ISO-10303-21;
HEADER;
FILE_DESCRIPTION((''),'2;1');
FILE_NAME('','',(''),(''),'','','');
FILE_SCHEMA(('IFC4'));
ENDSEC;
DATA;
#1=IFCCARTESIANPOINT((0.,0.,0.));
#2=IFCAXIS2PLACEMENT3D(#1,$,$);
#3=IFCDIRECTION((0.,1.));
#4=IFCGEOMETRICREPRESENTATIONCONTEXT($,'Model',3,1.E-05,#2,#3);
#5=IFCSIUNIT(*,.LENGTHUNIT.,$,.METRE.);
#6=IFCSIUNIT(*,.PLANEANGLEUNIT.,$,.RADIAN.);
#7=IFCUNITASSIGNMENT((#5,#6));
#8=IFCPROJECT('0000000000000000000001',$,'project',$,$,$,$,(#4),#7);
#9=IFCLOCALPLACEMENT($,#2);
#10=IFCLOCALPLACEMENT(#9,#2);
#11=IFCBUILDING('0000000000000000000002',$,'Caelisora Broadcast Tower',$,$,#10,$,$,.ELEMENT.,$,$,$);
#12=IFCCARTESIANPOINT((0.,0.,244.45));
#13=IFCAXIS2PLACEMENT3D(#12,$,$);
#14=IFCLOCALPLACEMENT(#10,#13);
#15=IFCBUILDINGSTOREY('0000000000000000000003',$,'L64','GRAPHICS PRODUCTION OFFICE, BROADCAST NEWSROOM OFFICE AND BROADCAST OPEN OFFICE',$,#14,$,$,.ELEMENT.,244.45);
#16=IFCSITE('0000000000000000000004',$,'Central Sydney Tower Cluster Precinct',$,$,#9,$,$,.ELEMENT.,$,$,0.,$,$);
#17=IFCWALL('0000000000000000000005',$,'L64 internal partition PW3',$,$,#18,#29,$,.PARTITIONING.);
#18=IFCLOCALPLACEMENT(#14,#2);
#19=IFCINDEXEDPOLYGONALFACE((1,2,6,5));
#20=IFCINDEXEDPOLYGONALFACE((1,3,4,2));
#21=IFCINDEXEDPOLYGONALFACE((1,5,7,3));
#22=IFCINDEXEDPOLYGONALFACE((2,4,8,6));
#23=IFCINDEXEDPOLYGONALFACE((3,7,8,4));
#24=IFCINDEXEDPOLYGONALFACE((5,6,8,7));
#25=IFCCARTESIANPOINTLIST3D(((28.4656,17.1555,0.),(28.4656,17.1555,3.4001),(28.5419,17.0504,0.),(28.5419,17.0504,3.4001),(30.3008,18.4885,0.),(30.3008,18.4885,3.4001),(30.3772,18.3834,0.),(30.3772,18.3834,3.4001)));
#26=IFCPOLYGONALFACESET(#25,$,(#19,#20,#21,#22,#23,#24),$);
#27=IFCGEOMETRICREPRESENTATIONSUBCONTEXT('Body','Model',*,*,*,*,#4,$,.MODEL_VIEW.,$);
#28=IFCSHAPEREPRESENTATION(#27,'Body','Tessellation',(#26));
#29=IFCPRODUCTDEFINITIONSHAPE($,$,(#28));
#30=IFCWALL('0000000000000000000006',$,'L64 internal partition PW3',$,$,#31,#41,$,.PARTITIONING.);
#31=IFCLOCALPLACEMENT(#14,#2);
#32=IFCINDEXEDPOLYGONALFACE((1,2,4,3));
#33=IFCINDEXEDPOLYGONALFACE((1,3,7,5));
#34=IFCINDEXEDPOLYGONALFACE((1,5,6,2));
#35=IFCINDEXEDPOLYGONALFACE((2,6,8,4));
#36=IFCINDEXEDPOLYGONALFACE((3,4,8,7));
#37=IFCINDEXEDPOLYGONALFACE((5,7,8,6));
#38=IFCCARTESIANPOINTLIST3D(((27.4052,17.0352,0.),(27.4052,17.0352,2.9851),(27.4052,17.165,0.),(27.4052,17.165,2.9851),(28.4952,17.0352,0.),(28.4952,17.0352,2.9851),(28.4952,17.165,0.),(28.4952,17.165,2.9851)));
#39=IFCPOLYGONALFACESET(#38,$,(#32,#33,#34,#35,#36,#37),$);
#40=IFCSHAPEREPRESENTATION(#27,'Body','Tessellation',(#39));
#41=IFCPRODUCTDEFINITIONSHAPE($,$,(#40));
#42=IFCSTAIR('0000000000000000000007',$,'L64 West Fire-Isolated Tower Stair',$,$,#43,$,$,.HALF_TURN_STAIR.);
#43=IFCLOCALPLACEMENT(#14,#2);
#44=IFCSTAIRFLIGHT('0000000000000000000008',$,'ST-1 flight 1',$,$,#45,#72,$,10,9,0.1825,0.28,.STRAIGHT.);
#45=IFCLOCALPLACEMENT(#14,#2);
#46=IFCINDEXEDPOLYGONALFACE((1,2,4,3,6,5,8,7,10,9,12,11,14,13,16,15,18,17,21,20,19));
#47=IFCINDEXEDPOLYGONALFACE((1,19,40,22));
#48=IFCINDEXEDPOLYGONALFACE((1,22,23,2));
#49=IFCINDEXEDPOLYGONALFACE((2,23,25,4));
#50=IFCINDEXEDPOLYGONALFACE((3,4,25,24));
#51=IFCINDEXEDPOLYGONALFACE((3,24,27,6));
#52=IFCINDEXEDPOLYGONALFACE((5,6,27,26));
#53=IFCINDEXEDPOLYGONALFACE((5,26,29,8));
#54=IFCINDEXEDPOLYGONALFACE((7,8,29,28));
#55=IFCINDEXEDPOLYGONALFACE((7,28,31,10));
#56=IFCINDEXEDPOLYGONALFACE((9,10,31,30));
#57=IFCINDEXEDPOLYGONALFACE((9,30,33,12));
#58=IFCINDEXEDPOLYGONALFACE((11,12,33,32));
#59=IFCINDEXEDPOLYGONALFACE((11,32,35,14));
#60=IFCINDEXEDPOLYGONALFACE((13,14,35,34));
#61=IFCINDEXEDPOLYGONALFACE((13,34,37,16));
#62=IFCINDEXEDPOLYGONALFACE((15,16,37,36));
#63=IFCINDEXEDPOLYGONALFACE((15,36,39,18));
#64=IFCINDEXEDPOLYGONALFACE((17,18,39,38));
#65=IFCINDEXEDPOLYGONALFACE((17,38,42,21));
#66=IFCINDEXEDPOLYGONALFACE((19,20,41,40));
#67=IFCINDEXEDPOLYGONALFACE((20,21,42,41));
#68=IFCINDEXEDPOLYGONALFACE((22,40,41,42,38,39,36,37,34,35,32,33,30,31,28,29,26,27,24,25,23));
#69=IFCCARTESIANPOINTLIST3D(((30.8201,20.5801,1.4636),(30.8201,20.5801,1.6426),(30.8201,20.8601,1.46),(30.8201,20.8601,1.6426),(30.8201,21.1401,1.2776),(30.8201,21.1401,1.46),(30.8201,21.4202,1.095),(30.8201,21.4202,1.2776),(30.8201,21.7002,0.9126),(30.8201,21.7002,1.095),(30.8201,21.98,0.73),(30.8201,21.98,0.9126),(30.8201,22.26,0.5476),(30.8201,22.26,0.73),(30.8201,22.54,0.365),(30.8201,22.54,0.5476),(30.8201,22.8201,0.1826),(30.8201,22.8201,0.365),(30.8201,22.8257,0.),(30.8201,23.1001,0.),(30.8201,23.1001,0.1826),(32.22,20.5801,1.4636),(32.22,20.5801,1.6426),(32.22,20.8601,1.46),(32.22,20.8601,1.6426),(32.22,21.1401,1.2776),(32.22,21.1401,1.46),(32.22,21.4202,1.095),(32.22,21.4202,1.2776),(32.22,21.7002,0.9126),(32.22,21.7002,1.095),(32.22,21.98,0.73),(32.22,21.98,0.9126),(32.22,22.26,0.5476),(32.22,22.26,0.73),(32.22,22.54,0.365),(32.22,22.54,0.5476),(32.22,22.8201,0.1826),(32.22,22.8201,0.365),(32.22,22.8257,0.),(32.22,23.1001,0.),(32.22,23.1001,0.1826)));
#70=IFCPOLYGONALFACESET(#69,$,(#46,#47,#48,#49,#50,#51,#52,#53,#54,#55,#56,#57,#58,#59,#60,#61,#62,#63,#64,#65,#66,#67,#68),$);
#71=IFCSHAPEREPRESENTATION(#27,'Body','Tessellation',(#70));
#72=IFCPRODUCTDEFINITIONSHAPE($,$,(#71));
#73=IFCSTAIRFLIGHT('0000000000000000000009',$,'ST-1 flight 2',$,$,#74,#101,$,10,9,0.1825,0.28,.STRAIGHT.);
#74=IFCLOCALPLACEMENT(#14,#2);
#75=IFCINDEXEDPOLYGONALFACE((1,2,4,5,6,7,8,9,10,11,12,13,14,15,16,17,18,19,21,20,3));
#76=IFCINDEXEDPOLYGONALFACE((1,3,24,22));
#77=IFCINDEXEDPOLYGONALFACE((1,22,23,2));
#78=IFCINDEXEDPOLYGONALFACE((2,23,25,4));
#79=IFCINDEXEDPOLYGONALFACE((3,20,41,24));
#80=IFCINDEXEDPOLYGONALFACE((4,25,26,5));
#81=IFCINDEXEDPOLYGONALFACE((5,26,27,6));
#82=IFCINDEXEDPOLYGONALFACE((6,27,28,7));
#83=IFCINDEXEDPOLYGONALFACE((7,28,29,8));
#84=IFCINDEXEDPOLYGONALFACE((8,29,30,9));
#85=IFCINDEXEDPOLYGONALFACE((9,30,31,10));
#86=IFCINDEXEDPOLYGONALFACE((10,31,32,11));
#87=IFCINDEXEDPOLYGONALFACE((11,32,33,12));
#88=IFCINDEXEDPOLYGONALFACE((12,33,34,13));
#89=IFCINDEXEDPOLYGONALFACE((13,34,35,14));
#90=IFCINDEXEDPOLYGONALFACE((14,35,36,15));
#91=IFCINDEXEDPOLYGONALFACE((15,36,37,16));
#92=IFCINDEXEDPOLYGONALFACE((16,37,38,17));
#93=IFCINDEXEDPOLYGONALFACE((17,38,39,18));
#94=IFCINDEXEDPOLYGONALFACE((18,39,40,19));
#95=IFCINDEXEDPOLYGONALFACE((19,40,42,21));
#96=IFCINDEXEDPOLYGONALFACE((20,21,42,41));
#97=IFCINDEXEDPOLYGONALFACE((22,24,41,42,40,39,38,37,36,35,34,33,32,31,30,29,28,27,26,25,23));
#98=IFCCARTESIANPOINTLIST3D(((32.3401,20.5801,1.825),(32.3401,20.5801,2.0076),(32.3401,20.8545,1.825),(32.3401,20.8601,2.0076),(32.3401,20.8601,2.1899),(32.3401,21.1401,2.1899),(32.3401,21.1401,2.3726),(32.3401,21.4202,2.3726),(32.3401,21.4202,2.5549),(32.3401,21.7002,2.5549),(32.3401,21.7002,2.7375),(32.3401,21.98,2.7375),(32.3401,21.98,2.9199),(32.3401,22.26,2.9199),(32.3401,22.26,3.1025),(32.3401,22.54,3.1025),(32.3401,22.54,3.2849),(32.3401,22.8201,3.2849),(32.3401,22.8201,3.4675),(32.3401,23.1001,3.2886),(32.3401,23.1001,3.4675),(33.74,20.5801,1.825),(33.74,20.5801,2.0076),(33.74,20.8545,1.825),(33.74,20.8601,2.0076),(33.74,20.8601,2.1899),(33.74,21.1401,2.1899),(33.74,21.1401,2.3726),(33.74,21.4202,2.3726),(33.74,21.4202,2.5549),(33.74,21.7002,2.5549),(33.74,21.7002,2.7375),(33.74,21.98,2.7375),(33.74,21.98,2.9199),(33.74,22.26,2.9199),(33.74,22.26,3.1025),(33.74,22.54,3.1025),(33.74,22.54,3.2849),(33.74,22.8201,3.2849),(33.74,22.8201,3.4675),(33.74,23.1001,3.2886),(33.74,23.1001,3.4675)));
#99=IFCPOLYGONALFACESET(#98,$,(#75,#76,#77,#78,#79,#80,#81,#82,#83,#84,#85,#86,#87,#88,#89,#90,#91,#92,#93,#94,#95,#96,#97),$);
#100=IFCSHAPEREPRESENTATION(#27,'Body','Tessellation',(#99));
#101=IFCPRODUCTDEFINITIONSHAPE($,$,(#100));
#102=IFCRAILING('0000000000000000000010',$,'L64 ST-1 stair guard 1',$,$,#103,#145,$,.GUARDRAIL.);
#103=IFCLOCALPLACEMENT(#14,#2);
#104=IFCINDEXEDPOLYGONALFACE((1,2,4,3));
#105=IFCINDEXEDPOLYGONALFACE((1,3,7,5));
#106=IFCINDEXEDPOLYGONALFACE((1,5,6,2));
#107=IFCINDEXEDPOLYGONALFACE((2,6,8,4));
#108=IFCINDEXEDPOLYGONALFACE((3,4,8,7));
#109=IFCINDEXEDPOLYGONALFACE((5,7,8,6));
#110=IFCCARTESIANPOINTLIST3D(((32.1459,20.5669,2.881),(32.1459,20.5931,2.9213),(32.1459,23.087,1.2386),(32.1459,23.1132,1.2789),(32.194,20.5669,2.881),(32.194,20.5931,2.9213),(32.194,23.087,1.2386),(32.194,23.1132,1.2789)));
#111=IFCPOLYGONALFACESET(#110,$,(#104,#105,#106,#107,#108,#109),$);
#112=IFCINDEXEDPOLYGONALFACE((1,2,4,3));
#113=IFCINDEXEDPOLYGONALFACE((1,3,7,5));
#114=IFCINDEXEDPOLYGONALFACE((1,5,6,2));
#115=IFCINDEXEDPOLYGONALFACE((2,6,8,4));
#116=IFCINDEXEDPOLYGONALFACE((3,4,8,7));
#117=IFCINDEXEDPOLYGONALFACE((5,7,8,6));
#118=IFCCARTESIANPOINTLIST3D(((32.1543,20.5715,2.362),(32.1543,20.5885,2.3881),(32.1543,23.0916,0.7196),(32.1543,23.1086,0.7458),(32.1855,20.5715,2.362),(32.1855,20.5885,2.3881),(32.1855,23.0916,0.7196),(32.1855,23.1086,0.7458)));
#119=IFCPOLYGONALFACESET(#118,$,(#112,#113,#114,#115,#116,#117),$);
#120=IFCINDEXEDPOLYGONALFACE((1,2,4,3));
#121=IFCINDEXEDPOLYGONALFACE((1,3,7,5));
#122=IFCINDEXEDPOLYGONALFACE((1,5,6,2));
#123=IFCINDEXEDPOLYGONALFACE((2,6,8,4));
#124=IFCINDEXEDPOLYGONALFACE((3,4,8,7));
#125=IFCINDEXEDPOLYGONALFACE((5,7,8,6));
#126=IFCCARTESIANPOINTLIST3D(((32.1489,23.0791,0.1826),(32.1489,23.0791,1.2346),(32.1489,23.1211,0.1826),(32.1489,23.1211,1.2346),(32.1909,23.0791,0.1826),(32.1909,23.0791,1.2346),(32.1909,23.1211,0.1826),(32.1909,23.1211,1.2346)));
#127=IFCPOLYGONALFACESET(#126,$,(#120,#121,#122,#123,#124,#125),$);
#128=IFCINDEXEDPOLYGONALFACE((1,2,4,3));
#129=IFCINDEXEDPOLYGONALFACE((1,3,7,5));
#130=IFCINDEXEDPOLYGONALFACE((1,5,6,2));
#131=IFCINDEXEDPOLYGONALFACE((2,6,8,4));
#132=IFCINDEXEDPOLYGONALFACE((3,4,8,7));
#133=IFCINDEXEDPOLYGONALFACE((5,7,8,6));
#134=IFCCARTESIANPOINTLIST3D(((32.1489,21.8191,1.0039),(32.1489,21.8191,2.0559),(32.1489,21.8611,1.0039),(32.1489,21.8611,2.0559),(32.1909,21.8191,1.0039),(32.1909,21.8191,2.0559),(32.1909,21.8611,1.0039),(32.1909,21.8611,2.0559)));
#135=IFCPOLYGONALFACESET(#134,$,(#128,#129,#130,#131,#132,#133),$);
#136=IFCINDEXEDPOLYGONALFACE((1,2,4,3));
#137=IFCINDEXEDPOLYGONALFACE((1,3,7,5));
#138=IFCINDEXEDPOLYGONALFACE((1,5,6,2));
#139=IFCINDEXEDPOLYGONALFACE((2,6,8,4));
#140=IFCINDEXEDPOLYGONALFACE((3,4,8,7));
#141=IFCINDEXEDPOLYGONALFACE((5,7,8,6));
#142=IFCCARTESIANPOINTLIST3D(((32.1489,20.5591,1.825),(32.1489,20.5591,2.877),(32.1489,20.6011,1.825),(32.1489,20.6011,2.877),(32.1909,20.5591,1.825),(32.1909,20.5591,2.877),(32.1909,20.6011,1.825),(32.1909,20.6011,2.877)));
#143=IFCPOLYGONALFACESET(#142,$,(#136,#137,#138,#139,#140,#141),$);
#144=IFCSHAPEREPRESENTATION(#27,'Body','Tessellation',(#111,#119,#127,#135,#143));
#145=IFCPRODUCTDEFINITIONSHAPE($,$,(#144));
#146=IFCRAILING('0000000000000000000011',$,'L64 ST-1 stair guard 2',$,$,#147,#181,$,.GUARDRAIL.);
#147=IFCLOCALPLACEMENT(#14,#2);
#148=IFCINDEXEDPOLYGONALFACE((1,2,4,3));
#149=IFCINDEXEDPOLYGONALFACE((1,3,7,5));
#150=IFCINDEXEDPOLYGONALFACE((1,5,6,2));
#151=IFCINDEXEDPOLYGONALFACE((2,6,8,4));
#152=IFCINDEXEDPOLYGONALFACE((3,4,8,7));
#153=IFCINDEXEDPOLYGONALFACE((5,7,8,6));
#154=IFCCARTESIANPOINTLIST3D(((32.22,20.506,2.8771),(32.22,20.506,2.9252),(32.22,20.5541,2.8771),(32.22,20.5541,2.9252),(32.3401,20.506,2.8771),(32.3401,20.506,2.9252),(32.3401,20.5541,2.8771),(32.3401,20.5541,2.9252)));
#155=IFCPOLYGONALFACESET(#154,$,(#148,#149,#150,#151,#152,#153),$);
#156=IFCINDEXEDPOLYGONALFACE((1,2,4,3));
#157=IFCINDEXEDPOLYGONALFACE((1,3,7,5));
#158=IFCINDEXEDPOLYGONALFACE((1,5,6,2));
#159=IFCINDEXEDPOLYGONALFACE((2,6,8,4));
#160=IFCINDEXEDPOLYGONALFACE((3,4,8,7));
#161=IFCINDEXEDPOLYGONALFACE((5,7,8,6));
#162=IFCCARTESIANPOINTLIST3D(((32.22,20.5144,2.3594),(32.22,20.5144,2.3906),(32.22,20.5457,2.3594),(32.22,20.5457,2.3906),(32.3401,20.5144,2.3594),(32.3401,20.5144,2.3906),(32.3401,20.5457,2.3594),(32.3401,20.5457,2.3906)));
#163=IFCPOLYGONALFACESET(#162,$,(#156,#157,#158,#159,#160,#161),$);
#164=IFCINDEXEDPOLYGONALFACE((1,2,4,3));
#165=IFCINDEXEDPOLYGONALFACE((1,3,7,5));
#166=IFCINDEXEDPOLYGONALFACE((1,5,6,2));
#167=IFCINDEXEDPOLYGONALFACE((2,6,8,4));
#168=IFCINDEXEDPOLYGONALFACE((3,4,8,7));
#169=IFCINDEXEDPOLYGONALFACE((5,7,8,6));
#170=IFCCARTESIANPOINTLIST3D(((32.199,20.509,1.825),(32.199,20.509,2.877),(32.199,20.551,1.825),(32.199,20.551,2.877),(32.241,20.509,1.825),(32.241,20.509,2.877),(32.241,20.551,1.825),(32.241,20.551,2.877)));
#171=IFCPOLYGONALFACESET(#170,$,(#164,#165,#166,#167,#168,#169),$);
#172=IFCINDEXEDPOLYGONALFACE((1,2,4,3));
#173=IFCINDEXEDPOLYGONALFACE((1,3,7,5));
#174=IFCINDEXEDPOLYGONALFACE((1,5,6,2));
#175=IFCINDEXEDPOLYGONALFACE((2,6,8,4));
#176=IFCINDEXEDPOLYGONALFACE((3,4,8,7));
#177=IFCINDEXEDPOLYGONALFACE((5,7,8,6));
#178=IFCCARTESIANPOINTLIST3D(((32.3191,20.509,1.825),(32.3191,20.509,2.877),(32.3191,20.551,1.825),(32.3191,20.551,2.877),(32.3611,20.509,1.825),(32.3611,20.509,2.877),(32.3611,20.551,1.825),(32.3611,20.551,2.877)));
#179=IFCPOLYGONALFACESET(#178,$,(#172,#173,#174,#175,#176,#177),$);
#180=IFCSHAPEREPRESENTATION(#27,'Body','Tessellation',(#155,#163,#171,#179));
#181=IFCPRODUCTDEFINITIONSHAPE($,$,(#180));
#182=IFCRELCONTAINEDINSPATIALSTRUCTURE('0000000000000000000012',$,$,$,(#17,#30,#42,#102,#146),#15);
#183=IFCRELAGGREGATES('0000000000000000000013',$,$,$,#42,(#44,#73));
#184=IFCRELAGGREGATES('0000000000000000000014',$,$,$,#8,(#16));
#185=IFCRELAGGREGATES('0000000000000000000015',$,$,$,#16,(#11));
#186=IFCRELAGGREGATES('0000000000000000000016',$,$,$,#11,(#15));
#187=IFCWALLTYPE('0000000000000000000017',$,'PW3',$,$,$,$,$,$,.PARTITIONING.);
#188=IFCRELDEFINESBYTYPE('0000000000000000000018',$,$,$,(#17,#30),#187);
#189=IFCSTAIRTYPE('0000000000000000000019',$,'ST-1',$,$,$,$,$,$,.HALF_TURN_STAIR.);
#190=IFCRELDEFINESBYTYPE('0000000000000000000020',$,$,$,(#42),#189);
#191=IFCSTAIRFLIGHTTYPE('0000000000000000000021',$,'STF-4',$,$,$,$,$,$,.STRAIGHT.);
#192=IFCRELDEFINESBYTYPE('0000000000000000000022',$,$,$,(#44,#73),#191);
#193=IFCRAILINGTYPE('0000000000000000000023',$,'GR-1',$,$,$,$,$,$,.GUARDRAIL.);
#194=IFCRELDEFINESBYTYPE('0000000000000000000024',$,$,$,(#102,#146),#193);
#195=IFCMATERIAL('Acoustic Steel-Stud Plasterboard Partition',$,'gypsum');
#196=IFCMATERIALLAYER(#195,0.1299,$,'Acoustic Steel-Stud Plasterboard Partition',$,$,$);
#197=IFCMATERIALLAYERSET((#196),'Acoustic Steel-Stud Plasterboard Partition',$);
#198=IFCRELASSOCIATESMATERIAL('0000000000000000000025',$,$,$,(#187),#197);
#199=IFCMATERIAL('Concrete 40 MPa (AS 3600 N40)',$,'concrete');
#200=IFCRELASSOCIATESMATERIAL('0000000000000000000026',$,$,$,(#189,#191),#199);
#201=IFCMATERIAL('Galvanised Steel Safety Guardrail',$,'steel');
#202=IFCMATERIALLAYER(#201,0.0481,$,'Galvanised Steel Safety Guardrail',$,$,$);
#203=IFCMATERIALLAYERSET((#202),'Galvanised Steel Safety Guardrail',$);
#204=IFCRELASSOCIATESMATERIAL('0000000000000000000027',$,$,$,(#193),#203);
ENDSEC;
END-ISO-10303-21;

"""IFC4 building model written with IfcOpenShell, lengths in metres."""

from ifc_helpers import new_model, si_unit, direction, frame, frame_2d, origin, origin_2d, place, context, subcontext, project, spatial, polyline, rectangle, outline, extrude, material, layer, layer_set, type_object, element, aggregate, save


model = new_model("IFC4")

# Units and contexts
model_context = context("Model", 3, precision=1e-05, world=origin(), true_north=direction((0.0, 1.0)))
body_context = subcontext(model_context, "Body", "Model", "MODEL_VIEW")
ifc_project = project(units=[si_unit("LENGTHUNIT", "METRE"), si_unit("PLANEANGLEUNIT", "RADIAN")], contexts=[model_context])

# Site, building, storey
site_placement = place(None, origin())
site = spatial("IfcSite", under=ifc_project, at=site_placement, Name="Central Sydney Tower Cluster Precinct", CompositionType="ELEMENT", RefElevation=0.0)
building_placement = place(site_placement, origin())
building = spatial("IfcBuilding", under=site, at=building_placement, Name="Caelisora Broadcast Tower", CompositionType="ELEMENT")
storey_placement = place(building_placement, frame((0.0, 0.0, 244.45)))
storey = spatial("IfcBuildingStorey", under=building, at=storey_placement, Name="L64", Description="GRAPHICS PRODUCTION OFFICE, BROADCAST NEWSROOM OFFICE AND BROADCAST OPEN OFFICE", CompositionType="ELEMENT", Elevation=244.45)

# Walls
ifc_material_1 = material(Name="Concrete 40 MPa (AS 3600 N40)", Category="concrete")
ifc_material_2 = material(Name="Acoustic Steel-Stud Plasterboard Partition", Category="gypsum")
ifc_layer_1 = layer(ifc_material_2, 0.1299, Name="Acoustic Steel-Stud Plasterboard Partition")
ifc_layer_set_1 = layer_set([ifc_layer_1], Name="Acoustic Steel-Stud Plasterboard Partition")
wall_type_1 = type_object("IfcWallType", Name="PW3", PredefinedType="PARTITIONING", material=ifc_layer_set_1)
wall_1_placement = place(storey_placement, frame((30.3391, 18.436, 0.0), z_axis=(0.0, 0.0, 1.0), x_axis=(-0.80909, -0.587685, 0.0)))
element("IfcWall", 1, at=wall_1_placement, inside=storey, type_object=wall_type_1, Name="L64 internal partition PW3", PredefinedType="PARTITIONING", context=body_context, shape_type="SweptSolid", body=[
    extrude(rectangle(XDim=2.2683, YDim=0.1299, at=frame_2d((1.1343, 0.0))), origin(), (0.0, 0.0, 1.0), 3.4001),
])
wall_2_placement = place(storey_placement, frame((28.4951, 17.1001, 0.0), z_axis=(0.0, 0.0, 1.0), x_axis=(-1.0, 0.0, 0.0)))
element("IfcWall", 2, at=wall_2_placement, inside=storey, type_object=wall_type_1, Name="L64 internal partition PW3", PredefinedType="PARTITIONING", context=body_context, shape_type="SweptSolid", body=[
    extrude(rectangle(XDim=1.0901, YDim=0.1299, at=frame_2d((0.5449, 0.0))), origin(), (0.0, 0.0, 1.0), 2.9851),
])

# Stair, stair flights
stair_type = type_object("IfcStairType", Name="ST-1", PredefinedType="HALF_TURN_STAIR", material=ifc_material_1)
stair_placement = place(storey_placement, origin())
stair = element("IfcStair", 3, at=stair_placement, inside=storey, type_object=stair_type, Name="L64 West Fire-Isolated Tower Stair", PredefinedType="HALF_TURN_STAIR")
stair_flight_type = type_object("IfcStairFlightType", Name="STF-4", PredefinedType="STRAIGHT", material=ifc_material_1)
stair_flight_1_placement = place(storey_placement, frame((31.52, 23.1001, 0.0), z_axis=(0.0, 0.0, 1.0), x_axis=(0.0, -1.0, 0.0)))
stair_flight_1 = element("IfcStairFlight", 4, at=stair_flight_1_placement, type_object=stair_flight_type, Name="ST-1 flight 1", NumberOfRisers=10, NumberOfTreads=9, PredefinedType="STRAIGHT", RiserHeight=0.1825, TreadLength=0.28, context=body_context, shape_type="SweptSolid", body=[
    extrude(outline(polyline([(0.0, 0.0), (0.0, 0.1826), (0.28, 0.1826), (0.28, 0.365), (0.5601, 0.365), (0.5601, 0.5476), (0.8401, 0.5476), (0.8401, 0.73), (1.1201, 0.73), (1.1201, 0.9126), (1.3999, 0.9126), (1.3999, 1.095), (1.6799, 1.095), (1.6799, 1.2776), (1.96, 1.2776), (1.96, 1.46), (2.24, 1.46), (2.24, 1.6426), (2.52, 1.6426), (2.52, 1.825), (2.52, 1.4636), (0.2744, 0.0), (0.0, 0.0)])), frame((0.0, 0.7, 0.0), z_axis=(0.0, -1.0, 0.0), x_axis=(1.0, 0.0, 0.0)), (0.0, 0.0, 1.0), 1.3999),
])
stair_flight_2_placement = place(storey_placement, frame((33.04, 20.5801, 1.825), z_axis=(0.0, 0.0, 1.0), x_axis=(0.0, 1.0, 0.0)))
stair_flight_2 = element("IfcStairFlight", 5, at=stair_flight_2_placement, type_object=stair_flight_type, Name="ST-1 flight 2", NumberOfRisers=10, NumberOfTreads=9, PredefinedType="STRAIGHT", RiserHeight=0.1825, TreadLength=0.28, context=body_context, shape_type="SweptSolid", body=[
    extrude(outline(polyline([(0.0, 0.0), (0.0, 0.1826), (0.28, 0.1826), (0.28, 0.365), (0.5601, 0.365), (0.5601, 0.5476), (0.8401, 0.5476), (0.8401, 0.73), (1.1201, 0.73), (1.1201, 0.9126), (1.3999, 0.9126), (1.3999, 1.095), (1.6799, 1.095), (1.6799, 1.2776), (1.96, 1.2776), (1.96, 1.46), (2.24, 1.46), (2.24, 1.6426), (2.52, 1.6426), (2.52, 1.825), (2.52, 1.4636), (0.2744, 0.0), (0.0, 0.0)])), frame((0.0, 0.7, 0.0), z_axis=(0.0, -1.0, 0.0), x_axis=(1.0, 0.0, 0.0)), (0.0, 0.0, 1.0), 1.3999),
])
aggregate(stair, [stair_flight_1, stair_flight_2])

# Railings
ifc_material_3 = material(Name="Galvanised Steel Safety Guardrail", Category="steel")
ifc_layer_2 = layer(ifc_material_3, 0.0481, Name="Galvanised Steel Safety Guardrail")
ifc_layer_set_2 = layer_set([ifc_layer_2], Name="Galvanised Steel Safety Guardrail")
railing_type_1 = type_object("IfcRailingType", Name="GR-1", PredefinedType="GUARDRAIL", material=ifc_layer_set_2)
railing_1_placement = place(storey_placement, frame((32.1699, 23.1001, 0.1826)))
element("IfcRailing", 6, at=railing_1_placement, inside=storey, type_object=railing_type_1, Name="L64 ST-1 stair guard 1", PredefinedType="GUARDRAIL", context=body_context, shape_type="SweptSolid", body=[
    extrude(rectangle(XDim=0.0481, YDim=0.0481, at=origin_2d()), frame((0.0, 0.0, 1.0762), z_axis=(0.0, -0.837787, 0.545998), x_axis=(1.0, 0.0, 0.0)), (0.0, 0.0, 1.0), 3.0081),
    extrude(rectangle(XDim=0.0312, YDim=0.0312, at=origin_2d()), frame((0.0, 0.0, 0.55), z_axis=(0.0, -0.837787, 0.545998), x_axis=(1.0, 0.0, 0.0)), (0.0, 0.0, 1.0), 3.0081),
    extrude(rectangle(XDim=0.042, YDim=0.042, at=origin_2d()), origin(), (0.0, 0.0, 1.0), 1.052),
    extrude(rectangle(XDim=0.042, YDim=0.042, at=origin_2d()), frame((0.0, -1.26, 0.8213)), (0.0, 0.0, 1.0), 1.052),
    extrude(rectangle(XDim=0.042, YDim=0.042, at=origin_2d()), frame((0.0, -2.52, 1.6423)), (0.0, 0.0, 1.0), 1.052),
])
railing_2_placement = place(storey_placement, frame((32.22, 20.53, 1.825)))
element("IfcRailing", 7, at=railing_2_placement, inside=storey, type_object=railing_type_1, Name="L64 ST-1 stair guard 2", PredefinedType="GUARDRAIL", context=body_context, shape_type="SweptSolid", body=[
    extrude(rectangle(XDim=0.0481, YDim=0.0481, at=origin_2d()), frame((0.0, 0.0, 1.0762), z_axis=(1.0, 0.0, 0.0), x_axis=(0.0, 1.0, 0.0)), (0.0, 0.0, 1.0), 0.1201),
    extrude(rectangle(XDim=0.0312, YDim=0.0312, at=origin_2d()), frame((0.0, 0.0, 0.55), z_axis=(1.0, 0.0, 0.0), x_axis=(0.0, 1.0, 0.0)), (0.0, 0.0, 1.0), 0.1201),
    extrude(rectangle(XDim=0.042, YDim=0.042, at=origin_2d()), origin(), (0.0, 0.0, 1.0), 1.052),
    extrude(rectangle(XDim=0.042, YDim=0.042, at=origin_2d()), frame((0.1201, 0.0, 0.0)), (0.0, 0.0, 1.0), 1.052),
])

save(model, "model.ifc")
